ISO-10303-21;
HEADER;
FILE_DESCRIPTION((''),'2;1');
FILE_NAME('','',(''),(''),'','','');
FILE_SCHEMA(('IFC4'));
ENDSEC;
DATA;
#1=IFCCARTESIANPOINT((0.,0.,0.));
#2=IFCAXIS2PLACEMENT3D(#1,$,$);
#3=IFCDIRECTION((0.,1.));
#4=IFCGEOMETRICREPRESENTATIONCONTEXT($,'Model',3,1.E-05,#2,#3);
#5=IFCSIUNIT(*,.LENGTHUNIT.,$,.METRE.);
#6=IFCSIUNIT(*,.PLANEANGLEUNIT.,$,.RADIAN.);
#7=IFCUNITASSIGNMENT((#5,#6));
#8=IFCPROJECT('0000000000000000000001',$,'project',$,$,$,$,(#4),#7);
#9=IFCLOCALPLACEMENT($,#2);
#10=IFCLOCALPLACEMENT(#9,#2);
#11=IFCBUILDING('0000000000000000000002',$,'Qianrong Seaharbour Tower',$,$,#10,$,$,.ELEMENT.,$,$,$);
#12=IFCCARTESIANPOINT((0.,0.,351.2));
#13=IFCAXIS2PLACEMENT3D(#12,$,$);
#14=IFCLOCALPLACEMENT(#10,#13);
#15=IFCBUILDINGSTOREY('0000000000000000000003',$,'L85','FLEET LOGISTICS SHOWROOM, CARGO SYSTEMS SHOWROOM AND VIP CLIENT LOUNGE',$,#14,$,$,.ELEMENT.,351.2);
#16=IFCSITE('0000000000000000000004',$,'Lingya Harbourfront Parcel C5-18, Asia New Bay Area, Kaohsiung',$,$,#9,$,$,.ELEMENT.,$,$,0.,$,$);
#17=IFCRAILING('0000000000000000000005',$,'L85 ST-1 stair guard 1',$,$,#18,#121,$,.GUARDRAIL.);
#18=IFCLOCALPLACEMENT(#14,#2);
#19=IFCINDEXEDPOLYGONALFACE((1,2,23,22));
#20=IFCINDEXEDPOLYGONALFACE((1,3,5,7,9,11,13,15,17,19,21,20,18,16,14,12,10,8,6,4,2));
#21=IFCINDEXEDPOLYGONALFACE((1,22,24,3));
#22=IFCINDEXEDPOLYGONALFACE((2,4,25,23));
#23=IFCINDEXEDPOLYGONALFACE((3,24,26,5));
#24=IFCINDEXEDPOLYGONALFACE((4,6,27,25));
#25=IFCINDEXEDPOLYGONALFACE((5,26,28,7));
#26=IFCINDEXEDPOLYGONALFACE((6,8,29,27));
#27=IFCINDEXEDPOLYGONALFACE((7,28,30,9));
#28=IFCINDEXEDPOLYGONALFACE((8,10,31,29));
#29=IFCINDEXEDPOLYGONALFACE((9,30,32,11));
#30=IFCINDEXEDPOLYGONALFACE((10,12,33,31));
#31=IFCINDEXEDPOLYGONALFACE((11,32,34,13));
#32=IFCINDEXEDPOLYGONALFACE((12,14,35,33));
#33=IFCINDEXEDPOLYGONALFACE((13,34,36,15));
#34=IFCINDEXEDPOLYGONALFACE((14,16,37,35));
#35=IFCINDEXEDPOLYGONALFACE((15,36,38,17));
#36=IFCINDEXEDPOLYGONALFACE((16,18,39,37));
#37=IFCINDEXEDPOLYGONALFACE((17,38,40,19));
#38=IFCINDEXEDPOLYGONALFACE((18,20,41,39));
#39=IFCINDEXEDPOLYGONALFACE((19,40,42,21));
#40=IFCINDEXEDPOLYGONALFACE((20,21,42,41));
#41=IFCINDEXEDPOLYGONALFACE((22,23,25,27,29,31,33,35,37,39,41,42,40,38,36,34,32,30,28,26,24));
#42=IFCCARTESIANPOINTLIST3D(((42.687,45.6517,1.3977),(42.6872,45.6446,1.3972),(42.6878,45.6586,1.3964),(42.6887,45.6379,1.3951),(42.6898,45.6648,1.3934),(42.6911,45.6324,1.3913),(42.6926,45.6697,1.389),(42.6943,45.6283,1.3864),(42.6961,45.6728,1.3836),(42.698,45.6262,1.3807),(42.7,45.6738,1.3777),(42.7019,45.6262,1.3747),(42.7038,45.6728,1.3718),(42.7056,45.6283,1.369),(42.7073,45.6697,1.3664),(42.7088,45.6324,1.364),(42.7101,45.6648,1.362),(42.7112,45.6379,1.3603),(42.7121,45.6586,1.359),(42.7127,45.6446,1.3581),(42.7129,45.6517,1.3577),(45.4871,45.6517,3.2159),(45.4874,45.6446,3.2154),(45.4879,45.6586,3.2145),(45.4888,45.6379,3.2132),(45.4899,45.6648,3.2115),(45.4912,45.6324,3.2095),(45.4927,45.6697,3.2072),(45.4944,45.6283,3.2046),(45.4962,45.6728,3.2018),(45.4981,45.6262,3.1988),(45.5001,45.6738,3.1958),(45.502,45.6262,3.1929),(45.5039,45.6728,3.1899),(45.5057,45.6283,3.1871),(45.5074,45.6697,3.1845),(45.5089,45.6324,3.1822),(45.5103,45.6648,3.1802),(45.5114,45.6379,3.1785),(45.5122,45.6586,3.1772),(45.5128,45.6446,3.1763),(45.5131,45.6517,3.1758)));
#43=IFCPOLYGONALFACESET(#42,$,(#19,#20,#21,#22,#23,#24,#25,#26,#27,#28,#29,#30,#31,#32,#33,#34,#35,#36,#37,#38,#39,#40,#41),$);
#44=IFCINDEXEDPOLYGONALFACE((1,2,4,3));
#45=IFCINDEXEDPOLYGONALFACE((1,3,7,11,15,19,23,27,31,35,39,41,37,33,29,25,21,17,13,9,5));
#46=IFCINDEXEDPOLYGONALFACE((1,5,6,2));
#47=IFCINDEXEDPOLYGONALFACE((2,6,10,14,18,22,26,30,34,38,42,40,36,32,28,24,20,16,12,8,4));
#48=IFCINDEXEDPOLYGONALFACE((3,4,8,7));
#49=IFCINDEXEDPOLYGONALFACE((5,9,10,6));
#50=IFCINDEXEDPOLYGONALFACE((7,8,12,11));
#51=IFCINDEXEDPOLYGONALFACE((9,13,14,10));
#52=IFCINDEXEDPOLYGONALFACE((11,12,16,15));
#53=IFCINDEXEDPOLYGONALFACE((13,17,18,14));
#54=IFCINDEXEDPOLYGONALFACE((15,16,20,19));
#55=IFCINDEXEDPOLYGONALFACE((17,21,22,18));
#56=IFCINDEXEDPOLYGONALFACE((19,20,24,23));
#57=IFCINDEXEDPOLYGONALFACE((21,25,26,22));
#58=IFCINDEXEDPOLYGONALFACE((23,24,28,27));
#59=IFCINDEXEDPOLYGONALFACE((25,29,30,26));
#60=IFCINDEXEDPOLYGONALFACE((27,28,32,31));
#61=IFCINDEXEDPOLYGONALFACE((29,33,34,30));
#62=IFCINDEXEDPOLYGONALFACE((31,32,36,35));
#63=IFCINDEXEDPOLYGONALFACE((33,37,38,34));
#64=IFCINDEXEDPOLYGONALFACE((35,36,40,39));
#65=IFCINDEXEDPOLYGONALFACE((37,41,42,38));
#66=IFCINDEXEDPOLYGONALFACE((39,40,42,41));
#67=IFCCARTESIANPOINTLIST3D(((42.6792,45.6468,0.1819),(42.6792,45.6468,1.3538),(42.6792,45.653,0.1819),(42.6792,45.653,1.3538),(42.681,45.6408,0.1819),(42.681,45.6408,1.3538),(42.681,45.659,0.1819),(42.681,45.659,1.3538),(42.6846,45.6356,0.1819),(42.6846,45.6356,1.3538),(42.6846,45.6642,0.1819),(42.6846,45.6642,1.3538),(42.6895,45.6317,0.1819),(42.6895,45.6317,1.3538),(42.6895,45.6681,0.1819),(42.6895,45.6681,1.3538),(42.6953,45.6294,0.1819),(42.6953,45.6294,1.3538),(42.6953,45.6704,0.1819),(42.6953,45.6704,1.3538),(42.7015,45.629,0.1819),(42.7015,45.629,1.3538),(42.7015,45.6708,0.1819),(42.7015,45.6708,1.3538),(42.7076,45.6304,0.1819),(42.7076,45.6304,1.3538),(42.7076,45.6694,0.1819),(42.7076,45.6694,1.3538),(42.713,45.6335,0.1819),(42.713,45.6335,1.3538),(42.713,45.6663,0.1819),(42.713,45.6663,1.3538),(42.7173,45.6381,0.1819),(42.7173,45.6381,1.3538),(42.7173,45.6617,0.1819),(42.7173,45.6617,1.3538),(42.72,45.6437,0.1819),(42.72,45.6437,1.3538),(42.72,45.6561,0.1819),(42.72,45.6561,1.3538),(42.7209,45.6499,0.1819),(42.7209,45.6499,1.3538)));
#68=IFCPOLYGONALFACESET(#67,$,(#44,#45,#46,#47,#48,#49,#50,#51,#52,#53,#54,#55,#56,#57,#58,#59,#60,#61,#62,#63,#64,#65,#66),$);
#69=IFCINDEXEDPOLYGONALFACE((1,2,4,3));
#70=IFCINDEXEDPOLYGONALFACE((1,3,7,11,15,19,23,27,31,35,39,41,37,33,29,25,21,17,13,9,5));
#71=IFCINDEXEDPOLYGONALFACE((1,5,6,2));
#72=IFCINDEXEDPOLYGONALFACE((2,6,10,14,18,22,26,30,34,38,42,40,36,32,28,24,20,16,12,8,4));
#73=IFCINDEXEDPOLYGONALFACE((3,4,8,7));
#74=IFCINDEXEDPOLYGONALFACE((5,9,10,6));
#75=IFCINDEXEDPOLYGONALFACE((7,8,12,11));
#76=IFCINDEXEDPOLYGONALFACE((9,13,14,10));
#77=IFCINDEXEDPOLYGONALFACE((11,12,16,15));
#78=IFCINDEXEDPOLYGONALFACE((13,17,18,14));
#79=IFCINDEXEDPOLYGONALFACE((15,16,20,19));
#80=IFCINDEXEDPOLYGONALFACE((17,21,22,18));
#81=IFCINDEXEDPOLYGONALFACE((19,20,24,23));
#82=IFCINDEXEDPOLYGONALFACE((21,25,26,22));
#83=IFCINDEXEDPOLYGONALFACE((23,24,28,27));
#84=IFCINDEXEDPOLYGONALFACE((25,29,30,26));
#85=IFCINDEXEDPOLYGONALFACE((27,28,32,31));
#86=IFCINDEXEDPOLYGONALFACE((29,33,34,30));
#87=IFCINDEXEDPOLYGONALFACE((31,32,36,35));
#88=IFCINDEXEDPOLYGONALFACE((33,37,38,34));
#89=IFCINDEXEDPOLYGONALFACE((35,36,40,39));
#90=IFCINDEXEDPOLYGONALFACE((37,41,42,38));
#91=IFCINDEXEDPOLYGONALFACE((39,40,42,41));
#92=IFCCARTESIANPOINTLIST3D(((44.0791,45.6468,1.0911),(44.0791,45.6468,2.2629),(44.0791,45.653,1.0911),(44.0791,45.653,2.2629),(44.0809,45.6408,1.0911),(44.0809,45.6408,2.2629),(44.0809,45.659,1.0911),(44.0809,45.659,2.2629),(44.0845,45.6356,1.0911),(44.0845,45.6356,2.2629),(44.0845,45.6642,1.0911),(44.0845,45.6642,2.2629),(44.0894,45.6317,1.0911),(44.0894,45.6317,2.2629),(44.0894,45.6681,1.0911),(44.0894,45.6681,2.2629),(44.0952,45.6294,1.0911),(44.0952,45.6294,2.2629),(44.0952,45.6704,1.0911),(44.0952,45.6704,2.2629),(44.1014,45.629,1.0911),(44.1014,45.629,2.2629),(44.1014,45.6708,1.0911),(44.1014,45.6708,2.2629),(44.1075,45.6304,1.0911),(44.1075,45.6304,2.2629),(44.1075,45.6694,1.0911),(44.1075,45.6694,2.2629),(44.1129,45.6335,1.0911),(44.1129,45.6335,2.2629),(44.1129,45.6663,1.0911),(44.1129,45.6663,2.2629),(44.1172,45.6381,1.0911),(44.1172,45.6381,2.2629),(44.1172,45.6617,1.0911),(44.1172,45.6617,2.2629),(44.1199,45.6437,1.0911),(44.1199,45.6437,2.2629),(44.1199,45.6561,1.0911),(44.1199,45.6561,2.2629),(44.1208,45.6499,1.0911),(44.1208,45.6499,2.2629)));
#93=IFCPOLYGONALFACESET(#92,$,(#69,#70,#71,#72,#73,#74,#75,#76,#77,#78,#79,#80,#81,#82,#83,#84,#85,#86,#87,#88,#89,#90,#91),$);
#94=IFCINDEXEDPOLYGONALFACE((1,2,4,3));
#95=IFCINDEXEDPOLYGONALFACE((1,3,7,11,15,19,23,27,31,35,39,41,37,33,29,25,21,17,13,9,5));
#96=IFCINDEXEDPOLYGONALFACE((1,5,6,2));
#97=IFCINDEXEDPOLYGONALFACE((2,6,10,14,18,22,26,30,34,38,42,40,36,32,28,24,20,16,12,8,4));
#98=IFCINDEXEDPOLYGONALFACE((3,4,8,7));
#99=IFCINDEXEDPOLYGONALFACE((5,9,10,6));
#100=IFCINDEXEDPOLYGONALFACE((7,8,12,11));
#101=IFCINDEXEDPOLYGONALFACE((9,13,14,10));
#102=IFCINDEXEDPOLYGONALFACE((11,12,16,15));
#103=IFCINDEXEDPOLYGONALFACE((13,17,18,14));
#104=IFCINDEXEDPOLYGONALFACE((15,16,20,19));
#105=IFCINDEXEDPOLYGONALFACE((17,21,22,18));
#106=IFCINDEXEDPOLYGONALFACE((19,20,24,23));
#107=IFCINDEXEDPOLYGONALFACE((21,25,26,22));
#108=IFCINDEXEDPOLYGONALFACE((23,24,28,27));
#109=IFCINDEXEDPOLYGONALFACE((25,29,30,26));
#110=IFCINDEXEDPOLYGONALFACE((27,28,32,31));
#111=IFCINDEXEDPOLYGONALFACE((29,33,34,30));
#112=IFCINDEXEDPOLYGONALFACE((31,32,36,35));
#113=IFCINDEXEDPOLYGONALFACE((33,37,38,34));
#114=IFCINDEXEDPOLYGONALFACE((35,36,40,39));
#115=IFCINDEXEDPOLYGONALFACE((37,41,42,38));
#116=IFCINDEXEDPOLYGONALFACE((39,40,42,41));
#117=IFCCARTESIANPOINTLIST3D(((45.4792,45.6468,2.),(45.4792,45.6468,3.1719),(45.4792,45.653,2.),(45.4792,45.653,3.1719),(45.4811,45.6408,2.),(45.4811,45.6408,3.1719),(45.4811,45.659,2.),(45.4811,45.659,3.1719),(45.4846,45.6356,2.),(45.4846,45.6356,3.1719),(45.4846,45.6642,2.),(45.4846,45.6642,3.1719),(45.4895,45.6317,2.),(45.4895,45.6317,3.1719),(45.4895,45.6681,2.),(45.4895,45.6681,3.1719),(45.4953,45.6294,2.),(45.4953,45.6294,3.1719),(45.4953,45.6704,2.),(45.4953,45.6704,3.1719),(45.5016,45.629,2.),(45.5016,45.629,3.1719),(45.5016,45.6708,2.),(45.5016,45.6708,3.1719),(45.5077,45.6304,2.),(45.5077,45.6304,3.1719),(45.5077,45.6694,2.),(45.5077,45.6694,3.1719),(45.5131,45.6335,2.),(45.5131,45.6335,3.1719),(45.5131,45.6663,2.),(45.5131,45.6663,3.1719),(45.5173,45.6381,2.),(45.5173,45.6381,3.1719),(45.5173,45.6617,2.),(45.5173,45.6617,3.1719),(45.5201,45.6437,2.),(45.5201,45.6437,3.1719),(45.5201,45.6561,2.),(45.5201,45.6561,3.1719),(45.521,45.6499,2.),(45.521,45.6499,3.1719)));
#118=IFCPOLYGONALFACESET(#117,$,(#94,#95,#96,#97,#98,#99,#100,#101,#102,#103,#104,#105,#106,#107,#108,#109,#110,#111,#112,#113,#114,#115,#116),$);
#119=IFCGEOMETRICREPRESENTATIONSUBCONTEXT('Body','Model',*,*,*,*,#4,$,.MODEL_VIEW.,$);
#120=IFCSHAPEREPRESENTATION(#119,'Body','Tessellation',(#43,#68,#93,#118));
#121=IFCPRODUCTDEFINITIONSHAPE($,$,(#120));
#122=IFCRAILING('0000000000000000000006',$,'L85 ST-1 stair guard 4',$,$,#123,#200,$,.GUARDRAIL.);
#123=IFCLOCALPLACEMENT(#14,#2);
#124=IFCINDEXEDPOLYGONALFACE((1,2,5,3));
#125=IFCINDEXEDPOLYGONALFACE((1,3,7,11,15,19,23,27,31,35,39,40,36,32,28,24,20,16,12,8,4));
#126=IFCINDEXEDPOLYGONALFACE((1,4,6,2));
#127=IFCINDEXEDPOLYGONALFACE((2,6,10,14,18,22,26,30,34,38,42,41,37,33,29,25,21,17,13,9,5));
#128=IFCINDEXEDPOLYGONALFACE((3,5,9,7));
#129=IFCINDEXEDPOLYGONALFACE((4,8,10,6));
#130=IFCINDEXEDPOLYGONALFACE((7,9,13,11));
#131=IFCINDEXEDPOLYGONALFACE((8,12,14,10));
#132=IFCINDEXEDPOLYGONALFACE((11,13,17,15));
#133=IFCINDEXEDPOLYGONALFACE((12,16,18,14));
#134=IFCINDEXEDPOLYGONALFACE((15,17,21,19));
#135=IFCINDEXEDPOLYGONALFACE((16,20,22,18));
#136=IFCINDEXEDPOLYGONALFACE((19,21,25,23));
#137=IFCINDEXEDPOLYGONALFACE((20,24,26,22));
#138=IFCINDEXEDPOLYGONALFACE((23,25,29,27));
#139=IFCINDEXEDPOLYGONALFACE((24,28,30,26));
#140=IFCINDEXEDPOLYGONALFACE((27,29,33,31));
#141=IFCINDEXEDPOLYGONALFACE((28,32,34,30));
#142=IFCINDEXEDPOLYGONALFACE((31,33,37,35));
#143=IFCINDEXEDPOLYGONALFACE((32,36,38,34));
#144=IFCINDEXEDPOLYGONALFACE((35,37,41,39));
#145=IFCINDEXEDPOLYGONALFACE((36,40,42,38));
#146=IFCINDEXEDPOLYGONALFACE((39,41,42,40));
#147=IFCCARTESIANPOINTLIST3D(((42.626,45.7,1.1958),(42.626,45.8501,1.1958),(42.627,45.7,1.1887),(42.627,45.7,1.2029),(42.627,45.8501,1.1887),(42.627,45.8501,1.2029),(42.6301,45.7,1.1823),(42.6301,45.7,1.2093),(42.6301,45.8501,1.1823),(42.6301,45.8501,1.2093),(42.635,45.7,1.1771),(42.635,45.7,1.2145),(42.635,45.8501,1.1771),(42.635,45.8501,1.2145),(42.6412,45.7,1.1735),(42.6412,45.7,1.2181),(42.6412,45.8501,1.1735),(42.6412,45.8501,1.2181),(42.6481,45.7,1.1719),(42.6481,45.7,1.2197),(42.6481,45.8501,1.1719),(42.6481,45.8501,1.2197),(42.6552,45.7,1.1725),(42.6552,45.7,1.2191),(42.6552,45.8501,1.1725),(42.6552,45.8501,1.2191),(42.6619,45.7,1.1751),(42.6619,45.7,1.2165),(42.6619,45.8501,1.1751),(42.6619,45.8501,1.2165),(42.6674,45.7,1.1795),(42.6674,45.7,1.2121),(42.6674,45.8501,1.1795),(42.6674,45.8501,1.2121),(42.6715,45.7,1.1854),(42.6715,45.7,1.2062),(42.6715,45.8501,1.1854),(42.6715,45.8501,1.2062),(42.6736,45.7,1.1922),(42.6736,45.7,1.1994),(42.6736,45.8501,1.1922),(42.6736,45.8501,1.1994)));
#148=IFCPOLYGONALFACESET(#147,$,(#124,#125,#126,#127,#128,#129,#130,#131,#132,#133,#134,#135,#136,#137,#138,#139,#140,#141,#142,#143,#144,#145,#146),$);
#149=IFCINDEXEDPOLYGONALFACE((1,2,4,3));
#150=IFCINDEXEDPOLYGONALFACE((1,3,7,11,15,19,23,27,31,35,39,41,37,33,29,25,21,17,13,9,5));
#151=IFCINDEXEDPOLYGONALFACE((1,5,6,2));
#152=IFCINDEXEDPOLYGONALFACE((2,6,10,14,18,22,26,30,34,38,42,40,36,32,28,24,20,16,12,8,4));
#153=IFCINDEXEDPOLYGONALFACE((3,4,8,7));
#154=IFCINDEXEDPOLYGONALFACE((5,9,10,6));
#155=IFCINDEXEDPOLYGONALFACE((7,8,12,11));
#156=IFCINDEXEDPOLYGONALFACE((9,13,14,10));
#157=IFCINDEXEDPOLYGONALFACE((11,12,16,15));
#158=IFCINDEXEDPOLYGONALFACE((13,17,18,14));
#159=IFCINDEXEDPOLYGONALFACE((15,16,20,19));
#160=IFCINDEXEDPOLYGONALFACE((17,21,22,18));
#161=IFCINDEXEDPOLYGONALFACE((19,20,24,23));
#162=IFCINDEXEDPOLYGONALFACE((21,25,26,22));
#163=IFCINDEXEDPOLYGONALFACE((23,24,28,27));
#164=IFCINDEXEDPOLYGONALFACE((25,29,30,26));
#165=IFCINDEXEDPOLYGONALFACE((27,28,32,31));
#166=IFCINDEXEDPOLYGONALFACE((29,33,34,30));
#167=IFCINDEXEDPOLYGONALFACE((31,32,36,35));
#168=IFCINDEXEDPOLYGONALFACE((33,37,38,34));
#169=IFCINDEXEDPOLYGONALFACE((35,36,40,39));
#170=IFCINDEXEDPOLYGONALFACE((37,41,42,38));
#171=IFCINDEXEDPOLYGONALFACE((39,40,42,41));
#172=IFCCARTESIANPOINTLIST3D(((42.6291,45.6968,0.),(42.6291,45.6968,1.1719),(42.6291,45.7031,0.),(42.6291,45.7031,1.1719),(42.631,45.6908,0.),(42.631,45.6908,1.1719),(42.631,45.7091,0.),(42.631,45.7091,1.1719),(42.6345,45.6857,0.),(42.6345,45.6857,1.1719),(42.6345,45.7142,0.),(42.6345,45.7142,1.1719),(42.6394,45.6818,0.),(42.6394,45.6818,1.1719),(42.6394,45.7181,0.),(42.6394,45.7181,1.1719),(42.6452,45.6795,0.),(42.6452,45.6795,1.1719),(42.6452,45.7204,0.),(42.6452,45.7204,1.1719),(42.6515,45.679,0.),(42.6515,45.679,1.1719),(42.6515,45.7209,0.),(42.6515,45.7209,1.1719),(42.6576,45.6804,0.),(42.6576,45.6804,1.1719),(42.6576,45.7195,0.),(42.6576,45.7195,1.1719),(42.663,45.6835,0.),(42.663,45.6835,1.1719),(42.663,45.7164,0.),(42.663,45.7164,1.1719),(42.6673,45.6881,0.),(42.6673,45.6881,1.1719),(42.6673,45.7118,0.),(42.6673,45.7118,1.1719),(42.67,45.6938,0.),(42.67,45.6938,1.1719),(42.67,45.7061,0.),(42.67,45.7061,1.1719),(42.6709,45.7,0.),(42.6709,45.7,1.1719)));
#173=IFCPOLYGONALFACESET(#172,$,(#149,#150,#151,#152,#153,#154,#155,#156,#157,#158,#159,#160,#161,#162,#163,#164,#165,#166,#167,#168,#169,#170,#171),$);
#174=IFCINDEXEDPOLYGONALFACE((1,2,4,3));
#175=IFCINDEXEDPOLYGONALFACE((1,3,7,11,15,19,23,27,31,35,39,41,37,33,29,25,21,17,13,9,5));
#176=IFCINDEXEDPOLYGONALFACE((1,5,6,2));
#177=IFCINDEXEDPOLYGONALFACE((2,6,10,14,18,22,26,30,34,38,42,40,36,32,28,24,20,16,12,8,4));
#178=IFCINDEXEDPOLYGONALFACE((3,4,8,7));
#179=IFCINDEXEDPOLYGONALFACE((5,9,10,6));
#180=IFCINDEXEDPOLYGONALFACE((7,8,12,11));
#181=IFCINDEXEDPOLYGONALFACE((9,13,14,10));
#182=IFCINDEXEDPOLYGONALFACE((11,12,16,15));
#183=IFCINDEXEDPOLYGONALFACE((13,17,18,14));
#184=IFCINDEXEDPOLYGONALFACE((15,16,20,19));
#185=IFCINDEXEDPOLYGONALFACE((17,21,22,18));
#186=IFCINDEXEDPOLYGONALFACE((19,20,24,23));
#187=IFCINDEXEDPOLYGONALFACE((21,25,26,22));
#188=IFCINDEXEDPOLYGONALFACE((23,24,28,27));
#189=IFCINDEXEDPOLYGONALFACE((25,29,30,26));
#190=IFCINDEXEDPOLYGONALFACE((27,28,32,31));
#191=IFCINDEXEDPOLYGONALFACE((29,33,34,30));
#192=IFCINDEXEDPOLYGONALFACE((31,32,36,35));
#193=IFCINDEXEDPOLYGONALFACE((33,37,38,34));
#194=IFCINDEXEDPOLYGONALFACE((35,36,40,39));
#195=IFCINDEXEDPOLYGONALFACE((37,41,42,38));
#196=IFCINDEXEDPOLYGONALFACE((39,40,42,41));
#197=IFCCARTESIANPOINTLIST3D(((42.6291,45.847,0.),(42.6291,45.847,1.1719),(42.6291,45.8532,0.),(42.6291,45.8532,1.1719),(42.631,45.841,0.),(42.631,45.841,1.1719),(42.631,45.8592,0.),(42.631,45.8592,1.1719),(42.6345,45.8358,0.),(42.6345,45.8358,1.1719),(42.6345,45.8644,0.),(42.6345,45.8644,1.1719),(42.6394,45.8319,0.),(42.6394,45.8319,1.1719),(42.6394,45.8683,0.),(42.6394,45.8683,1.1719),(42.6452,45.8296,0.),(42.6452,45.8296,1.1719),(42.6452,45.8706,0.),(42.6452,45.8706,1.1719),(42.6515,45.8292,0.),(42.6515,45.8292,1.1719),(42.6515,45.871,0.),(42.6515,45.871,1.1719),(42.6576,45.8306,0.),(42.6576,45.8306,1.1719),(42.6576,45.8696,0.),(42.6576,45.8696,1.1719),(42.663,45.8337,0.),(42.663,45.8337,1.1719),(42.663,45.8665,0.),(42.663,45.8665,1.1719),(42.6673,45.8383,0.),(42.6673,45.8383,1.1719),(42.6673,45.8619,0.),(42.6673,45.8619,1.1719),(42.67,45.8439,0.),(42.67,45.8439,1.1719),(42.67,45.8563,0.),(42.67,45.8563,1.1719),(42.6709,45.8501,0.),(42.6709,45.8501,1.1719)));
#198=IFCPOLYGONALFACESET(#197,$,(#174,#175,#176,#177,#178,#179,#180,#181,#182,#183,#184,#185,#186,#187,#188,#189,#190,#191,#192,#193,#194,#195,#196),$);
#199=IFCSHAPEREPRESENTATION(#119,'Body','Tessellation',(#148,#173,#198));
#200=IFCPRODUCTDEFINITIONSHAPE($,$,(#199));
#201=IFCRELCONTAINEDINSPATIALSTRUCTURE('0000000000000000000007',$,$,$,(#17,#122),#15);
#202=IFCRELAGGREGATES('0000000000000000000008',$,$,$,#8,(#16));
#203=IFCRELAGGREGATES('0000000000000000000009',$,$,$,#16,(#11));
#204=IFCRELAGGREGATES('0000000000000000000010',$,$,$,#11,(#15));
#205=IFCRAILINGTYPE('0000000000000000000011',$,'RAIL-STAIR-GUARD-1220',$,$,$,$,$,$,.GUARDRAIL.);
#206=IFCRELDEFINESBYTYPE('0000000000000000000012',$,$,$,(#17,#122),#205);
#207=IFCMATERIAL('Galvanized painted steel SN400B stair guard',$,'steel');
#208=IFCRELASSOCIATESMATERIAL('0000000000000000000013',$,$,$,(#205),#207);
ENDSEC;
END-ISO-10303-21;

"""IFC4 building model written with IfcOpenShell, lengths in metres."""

from ifc_helpers import new_model, si_unit, direction, frame, origin, origin_2d, place, context, subcontext, project, spatial, circle, extrude, material, type_object, element, save


model = new_model("IFC4")

# Units and contexts
model_context = context("Model", 3, precision=1e-05, world=origin(), true_north=direction((0.0, 1.0)))
body_context = subcontext(model_context, "Body", "Model", "MODEL_VIEW")
ifc_project = project(units=[si_unit("LENGTHUNIT", "METRE"), si_unit("PLANEANGLEUNIT", "RADIAN")], contexts=[model_context])

# Site, building, storey
site_placement = place(None, origin())
site = spatial("IfcSite", under=ifc_project, at=site_placement, Name="Lingya Harbourfront Parcel C5-18, Asia New Bay Area, Kaohsiung", CompositionType="ELEMENT", RefElevation=0.0)
building_placement = place(site_placement, origin())
building = spatial("IfcBuilding", under=site, at=building_placement, Name="Qianrong Seaharbour Tower", CompositionType="ELEMENT")
storey_placement = place(building_placement, frame((0.0, 0.0, 351.2)))
storey = spatial("IfcBuildingStorey", under=building, at=storey_placement, Name="L85", Description="FLEET LOGISTICS SHOWROOM, CARGO SYSTEMS SHOWROOM AND VIP CLIENT LOUNGE", CompositionType="ELEMENT", Elevation=351.2)

# Railings
ifc_material_1 = material(Name="Galvanized painted steel SN400B stair guard", Category="steel")
railing_type_1 = type_object("IfcRailingType", Name="RAIL-STAIR-GUARD-1220", PredefinedType="GUARDRAIL", material=ifc_material_1)
railing_1_placement = place(storey_placement, frame((42.7, 45.6499, 0.1819)))
element("IfcRailing", 1, at=railing_1_placement, inside=storey, type_object=railing_type_1, Name="L85 ST-1 stair guard 1", PredefinedType="GUARDRAIL", context=body_context, shape_type="SweptSolid", body=[
    extrude(circle(Radius=0.0239, at=origin_2d()), frame((0.0, 0.0, 1.1958), z_axis=(0.838706, 0.0, 0.544585), x_axis=(0.0, 1.0, 0.0)), (0.0, 0.0, 1.0), 3.3386),
    extrude(circle(Radius=0.021, at=origin_2d()), origin(), (0.0, 0.0, 1.0), 1.1719),
    extrude(circle(Radius=0.021, at=origin_2d()), frame((1.3999, 0.0, 0.9092)), (0.0, 0.0, 1.0), 1.1719),
    extrude(circle(Radius=0.021, at=origin_2d()), frame((2.8, 0.0, 1.8181)), (0.0, 0.0, 1.0), 1.1719),
])
railing_2_placement = place(storey_placement, frame((42.6499, 45.7, 0.0)))
element("IfcRailing", 2, at=railing_2_placement, inside=storey, type_object=railing_type_1, Name="L85 ST-1 stair guard 4", PredefinedType="GUARDRAIL", context=body_context, shape_type="SweptSolid", body=[
    extrude(circle(Radius=0.0239, at=origin_2d()), frame((0.0, 0.0, 1.1958), z_axis=(0.0, 1.0, 0.0), x_axis=(-1.0, 0.0, 0.0)), (0.0, 0.0, 1.0), 0.1501),
    extrude(circle(Radius=0.021, at=origin_2d()), origin(), (0.0, 0.0, 1.0), 1.1719),
    extrude(circle(Radius=0.021, at=origin_2d()), frame((0.0, 0.1501, 0.0)), (0.0, 0.0, 1.0), 1.1719),
])

save(model, "model.ifc")
